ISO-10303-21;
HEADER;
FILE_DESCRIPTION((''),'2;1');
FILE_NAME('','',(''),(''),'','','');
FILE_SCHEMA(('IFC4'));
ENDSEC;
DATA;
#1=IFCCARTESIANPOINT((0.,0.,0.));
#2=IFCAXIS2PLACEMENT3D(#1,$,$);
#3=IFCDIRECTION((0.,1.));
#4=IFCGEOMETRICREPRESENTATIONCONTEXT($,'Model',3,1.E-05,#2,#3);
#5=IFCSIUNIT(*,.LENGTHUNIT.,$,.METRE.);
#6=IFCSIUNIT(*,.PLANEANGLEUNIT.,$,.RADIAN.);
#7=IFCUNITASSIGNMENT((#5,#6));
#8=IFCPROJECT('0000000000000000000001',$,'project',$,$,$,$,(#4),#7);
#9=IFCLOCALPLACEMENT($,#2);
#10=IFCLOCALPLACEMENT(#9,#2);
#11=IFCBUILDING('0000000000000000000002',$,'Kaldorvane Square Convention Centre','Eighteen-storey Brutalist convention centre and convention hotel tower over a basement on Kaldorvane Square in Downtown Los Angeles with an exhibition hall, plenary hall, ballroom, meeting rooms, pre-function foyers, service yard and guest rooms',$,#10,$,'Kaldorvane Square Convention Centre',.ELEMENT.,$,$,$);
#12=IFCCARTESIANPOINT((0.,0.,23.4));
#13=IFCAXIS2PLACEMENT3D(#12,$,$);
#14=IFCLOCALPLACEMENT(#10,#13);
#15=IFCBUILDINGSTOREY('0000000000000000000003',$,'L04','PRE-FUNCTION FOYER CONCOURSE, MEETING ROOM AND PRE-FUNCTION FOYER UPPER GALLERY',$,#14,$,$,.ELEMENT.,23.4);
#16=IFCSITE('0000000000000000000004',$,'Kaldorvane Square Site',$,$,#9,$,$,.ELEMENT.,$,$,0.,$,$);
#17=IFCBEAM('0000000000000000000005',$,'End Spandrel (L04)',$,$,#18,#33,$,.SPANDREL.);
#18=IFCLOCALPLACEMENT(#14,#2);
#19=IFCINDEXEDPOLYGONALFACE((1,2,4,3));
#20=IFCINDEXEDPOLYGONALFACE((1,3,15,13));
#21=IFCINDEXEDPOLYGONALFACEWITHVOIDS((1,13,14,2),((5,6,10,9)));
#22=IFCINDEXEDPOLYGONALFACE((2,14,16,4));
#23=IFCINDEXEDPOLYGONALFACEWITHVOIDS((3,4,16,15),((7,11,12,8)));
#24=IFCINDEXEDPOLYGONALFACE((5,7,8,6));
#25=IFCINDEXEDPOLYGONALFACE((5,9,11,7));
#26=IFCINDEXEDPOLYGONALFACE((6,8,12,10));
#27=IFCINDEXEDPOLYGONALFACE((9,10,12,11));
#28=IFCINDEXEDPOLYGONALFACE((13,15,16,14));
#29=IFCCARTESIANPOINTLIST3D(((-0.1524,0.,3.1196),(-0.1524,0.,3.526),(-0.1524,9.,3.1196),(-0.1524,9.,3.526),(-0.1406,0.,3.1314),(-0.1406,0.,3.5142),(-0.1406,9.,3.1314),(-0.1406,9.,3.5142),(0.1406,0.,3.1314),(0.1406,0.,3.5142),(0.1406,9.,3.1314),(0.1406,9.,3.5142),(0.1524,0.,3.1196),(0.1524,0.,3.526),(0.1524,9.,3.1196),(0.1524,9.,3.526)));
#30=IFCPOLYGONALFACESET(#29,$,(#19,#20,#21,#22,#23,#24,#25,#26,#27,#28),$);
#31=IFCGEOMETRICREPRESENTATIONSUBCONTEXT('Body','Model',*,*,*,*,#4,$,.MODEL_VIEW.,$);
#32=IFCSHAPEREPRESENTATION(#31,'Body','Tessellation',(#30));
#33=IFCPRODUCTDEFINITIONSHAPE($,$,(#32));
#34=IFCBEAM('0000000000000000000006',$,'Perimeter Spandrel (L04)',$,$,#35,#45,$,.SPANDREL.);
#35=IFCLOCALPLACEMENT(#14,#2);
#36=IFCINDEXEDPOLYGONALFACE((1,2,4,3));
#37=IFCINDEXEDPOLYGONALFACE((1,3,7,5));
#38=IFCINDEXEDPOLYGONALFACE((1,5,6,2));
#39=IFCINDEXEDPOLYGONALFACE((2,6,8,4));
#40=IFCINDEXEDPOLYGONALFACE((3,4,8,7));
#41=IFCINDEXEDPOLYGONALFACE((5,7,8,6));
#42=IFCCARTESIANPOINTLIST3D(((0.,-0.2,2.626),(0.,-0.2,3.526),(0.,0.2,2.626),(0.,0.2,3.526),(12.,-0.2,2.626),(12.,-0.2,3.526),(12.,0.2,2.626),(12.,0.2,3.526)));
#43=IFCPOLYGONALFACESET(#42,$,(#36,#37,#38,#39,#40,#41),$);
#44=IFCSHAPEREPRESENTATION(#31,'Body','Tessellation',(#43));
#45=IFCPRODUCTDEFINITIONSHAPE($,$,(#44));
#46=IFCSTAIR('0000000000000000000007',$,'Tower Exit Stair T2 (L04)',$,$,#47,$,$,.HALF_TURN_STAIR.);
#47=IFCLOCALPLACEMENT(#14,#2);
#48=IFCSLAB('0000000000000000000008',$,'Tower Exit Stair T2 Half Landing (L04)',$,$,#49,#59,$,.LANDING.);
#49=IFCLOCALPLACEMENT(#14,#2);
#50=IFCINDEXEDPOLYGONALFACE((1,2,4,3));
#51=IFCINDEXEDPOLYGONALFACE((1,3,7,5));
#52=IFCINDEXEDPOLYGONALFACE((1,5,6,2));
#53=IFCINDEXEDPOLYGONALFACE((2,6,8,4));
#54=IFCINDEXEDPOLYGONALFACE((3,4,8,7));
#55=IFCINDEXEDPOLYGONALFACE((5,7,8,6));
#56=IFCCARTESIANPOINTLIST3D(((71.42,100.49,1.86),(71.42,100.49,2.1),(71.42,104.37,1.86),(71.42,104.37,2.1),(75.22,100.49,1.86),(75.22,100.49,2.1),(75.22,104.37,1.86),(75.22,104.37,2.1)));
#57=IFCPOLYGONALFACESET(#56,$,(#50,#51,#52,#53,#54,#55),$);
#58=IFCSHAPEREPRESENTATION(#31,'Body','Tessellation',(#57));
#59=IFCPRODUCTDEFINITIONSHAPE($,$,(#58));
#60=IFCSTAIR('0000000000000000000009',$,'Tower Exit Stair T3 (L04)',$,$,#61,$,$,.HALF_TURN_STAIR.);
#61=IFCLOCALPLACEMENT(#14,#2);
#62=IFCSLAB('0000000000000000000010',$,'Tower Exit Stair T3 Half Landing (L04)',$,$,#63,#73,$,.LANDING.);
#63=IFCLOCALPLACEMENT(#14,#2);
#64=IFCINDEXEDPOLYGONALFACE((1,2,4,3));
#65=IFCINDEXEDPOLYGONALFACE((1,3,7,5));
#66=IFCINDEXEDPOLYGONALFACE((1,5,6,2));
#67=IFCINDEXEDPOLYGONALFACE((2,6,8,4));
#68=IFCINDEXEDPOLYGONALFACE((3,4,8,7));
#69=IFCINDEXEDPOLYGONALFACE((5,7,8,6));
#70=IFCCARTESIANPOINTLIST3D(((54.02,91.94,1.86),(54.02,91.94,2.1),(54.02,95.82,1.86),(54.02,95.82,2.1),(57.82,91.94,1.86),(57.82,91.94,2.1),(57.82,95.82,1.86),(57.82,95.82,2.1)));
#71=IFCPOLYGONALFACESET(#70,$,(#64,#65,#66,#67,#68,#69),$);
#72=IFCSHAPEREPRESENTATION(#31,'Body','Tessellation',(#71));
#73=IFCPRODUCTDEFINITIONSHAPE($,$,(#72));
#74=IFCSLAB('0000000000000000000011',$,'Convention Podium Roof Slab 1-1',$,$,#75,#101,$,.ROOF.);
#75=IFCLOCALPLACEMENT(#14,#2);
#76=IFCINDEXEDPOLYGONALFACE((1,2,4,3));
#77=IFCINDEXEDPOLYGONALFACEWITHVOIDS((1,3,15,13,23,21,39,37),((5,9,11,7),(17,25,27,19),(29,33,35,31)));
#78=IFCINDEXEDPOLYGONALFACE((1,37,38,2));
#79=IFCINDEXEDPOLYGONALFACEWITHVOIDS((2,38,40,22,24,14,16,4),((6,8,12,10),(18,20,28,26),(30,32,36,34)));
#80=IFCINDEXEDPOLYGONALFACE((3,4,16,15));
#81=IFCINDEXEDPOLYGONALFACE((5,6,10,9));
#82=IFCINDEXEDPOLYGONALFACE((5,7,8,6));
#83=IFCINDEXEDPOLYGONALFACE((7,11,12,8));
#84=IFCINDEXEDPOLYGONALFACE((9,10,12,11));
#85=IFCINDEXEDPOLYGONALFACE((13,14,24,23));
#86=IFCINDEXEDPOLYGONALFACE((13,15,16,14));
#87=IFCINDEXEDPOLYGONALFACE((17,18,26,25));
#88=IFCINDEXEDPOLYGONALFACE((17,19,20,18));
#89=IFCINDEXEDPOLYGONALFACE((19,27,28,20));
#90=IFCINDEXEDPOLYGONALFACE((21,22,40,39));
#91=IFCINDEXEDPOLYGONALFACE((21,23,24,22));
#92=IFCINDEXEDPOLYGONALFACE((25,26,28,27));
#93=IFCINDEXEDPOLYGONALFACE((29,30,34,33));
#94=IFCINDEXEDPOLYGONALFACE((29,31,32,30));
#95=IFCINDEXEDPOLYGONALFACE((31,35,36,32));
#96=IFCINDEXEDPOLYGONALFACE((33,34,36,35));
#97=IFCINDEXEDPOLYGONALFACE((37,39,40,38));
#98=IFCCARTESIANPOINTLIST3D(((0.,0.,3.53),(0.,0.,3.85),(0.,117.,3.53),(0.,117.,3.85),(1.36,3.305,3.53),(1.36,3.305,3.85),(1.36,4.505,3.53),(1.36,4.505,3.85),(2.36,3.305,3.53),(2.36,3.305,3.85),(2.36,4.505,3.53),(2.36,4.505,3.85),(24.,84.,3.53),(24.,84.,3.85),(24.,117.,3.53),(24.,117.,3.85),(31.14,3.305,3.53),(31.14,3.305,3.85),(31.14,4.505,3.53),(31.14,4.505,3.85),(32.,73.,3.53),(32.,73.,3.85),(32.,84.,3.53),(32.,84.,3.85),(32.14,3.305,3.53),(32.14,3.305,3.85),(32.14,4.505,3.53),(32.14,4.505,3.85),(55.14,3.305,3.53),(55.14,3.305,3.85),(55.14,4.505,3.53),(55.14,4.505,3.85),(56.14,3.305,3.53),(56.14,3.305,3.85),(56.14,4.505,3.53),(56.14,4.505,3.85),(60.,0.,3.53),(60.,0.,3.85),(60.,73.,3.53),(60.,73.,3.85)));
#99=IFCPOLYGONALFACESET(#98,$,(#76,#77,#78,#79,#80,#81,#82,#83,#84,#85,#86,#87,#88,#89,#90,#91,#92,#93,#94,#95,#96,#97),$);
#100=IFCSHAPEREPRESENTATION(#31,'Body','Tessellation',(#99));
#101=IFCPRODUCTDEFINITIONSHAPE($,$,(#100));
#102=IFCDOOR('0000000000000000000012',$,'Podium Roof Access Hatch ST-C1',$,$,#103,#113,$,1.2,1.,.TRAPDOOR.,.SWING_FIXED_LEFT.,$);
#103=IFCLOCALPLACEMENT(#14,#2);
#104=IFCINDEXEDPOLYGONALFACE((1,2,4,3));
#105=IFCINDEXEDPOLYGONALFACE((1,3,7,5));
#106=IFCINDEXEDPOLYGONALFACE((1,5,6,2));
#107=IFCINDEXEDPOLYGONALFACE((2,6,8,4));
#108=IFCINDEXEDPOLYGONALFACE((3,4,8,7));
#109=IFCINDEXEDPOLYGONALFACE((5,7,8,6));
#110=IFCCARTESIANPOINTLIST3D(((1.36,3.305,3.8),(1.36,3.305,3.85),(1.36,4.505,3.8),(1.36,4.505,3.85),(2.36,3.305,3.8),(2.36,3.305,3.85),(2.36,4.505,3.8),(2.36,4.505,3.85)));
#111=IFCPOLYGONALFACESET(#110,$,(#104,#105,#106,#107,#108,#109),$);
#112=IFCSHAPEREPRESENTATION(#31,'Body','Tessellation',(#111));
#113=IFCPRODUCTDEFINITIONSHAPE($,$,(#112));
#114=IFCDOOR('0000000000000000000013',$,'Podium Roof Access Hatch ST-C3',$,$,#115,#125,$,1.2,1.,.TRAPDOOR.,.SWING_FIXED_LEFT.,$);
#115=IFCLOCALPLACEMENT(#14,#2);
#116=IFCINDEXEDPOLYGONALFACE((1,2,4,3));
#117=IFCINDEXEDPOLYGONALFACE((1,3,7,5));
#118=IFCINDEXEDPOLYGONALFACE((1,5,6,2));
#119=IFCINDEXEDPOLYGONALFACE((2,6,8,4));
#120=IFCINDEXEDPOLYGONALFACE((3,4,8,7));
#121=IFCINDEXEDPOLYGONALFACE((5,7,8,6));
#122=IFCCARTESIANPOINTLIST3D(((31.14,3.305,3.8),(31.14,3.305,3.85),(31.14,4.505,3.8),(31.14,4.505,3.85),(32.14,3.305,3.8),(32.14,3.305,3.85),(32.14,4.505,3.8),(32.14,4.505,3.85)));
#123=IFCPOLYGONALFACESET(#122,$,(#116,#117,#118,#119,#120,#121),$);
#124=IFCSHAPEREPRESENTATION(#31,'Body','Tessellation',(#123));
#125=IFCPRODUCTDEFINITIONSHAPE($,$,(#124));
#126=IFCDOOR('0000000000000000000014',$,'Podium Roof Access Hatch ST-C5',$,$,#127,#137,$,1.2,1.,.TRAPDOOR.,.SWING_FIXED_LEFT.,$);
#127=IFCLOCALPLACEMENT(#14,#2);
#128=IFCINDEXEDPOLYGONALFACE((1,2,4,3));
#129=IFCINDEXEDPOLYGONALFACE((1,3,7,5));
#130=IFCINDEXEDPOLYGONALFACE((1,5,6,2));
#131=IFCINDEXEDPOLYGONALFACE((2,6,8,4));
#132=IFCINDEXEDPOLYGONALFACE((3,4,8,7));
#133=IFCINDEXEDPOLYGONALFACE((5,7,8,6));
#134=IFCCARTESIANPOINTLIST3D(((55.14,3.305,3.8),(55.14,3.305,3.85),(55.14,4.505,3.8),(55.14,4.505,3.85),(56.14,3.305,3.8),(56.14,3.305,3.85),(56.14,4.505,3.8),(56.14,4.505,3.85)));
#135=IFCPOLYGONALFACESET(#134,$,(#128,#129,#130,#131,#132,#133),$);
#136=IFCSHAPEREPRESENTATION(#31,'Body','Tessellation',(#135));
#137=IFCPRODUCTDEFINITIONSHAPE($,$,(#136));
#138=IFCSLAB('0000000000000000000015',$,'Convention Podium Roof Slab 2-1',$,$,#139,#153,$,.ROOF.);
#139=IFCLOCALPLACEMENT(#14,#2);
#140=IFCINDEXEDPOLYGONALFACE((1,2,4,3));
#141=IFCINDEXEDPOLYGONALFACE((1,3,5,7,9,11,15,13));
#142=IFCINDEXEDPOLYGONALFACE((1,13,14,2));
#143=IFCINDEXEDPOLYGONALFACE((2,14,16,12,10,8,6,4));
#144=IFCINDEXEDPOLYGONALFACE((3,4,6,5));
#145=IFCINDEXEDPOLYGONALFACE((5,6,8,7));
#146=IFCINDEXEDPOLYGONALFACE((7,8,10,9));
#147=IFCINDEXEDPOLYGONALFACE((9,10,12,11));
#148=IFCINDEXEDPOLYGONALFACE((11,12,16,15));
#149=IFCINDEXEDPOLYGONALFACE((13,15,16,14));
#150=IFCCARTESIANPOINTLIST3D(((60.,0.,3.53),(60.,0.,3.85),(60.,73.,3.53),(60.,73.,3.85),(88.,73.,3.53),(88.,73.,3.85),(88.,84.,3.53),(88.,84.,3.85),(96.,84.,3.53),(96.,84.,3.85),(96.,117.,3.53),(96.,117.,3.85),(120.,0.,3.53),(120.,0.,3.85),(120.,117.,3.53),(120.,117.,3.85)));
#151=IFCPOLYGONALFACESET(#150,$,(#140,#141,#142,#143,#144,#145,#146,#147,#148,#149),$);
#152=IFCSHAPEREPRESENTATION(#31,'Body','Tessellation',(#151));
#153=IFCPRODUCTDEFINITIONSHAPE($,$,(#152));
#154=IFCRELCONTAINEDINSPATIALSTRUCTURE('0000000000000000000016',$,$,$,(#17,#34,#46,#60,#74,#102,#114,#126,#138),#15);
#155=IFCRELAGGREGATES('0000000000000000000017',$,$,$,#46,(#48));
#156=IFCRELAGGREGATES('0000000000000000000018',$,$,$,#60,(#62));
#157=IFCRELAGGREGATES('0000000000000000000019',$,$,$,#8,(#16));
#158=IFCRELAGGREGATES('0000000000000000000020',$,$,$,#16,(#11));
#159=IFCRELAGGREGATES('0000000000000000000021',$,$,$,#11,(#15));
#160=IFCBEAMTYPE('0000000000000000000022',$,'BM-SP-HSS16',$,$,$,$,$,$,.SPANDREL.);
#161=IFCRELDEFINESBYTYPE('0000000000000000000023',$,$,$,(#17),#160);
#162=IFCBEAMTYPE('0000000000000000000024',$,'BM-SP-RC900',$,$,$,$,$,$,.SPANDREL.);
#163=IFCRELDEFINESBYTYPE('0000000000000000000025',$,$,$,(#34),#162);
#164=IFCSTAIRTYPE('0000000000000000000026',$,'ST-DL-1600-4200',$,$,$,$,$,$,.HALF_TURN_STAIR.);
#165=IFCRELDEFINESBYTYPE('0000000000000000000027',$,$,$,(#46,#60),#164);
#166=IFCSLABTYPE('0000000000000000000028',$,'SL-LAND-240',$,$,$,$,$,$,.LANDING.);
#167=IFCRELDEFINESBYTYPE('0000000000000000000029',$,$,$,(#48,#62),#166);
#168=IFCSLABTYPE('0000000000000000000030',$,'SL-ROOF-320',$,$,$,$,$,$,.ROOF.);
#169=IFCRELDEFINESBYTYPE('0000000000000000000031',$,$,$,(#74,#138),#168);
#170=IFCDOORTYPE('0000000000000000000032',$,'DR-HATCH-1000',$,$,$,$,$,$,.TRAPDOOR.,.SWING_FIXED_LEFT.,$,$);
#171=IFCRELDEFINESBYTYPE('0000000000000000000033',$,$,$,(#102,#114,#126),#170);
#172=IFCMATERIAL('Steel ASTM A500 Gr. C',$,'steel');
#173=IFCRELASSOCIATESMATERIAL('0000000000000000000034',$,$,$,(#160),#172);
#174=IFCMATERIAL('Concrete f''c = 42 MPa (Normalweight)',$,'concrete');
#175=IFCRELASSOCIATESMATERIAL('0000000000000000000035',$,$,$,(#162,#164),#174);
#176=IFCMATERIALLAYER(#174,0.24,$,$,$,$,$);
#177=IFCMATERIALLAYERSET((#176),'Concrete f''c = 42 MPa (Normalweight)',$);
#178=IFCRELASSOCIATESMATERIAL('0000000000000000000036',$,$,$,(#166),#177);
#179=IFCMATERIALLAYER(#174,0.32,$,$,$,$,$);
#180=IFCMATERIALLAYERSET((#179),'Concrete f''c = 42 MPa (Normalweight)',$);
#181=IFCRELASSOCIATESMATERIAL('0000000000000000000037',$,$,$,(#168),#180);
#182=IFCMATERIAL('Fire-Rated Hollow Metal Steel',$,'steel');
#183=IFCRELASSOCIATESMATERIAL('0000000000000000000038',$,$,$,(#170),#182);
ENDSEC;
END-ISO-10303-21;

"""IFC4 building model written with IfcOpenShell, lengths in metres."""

from ifc_helpers import new_model, si_unit, direction, frame, origin, origin_2d, place, context, subcontext, project, spatial, polyline, rectangle, hollow_rectangle, outline, extrude, material, layer, layer_set, material_profile, profile_set, type_object, element, fill, aggregate, save


model = new_model("IFC4")

# Units and contexts
model_context = context("Model", 3, precision=1e-05, world=origin(), true_north=direction((0.0, 1.0)))
body_context = subcontext(model_context, "Body", "Model", "MODEL_VIEW")
ifc_project = project(units=[si_unit("LENGTHUNIT", "METRE"), si_unit("PLANEANGLEUNIT", "RADIAN")], contexts=[model_context])

# Site, building, storey
site_placement = place(None, origin())
site = spatial("IfcSite", under=ifc_project, at=site_placement, Name="Kaldorvane Square Site", CompositionType="ELEMENT", RefElevation=0.0)
building_placement = place(site_placement, origin())
building = spatial("IfcBuilding", under=site, at=building_placement, Name="Kaldorvane Square Convention Centre", Description="Eighteen-storey Brutalist convention centre and convention hotel tower over a basement on Kaldorvane Square in Downtown Los Angeles with an exhibition hall, plenary hall, ballroom, meeting rooms, pre-function foyers, service yard and guest rooms", LongName="Kaldorvane Square Convention Centre", CompositionType="ELEMENT")
storey_placement = place(building_placement, frame((0.0, 0.0, 23.4)))
storey = spatial("IfcBuildingStorey", under=building, at=storey_placement, Name="L04", Description="PRE-FUNCTION FOYER CONCOURSE, MEETING ROOM AND PRE-FUNCTION FOYER UPPER GALLERY", CompositionType="ELEMENT", Elevation=23.4)

# Beams
ifc_material_1 = material(Name="Steel ASTM A500 Gr. C", Category="steel")
ifc_material_profile_1 = material_profile(ifc_material_1, hollow_rectangle(XDim=0.3048, YDim=0.4064, WallThickness=0.0118, at=origin_2d()), Name="HSS16X12X1/2")
ifc_profile_set_1 = profile_set([ifc_material_profile_1], Name="Steel ASTM A500 Gr. C")
beam_type_1 = type_object("IfcBeamType", Name="BM-SP-HSS16", PredefinedType="SPANDREL", material=ifc_profile_set_1)
beam_1_placement = place(storey_placement, frame((0.0, 0.0, 3.3228), z_axis=(0.0, 1.0, 0.0), x_axis=(-1.0, 0.0, 0.0)))
element("IfcBeam", 1, at=beam_1_placement, inside=storey, type_object=beam_type_1, Name="End Spandrel (L04)", PredefinedType="SPANDREL", context=body_context, shape_type="SweptSolid", body=[
    extrude(hollow_rectangle(XDim=0.3048, YDim=0.4064, WallThickness=0.0118, at=origin_2d()), origin(), (0.0, 0.0, 1.0), 9.0),
])
ifc_material_2 = material(Name="Concrete f'c = 42 MPa (Normalweight)", Category="concrete")
ifc_material_profile_2 = material_profile(ifc_material_2, rectangle(XDim=0.4, YDim=0.9, at=origin_2d()), Name="RCSP900X400")
ifc_profile_set_2 = profile_set([ifc_material_profile_2], Name="Concrete f'c = 42 MPa (Normalweight)")
beam_type_2 = type_object("IfcBeamType", Name="BM-SP-RC900", PredefinedType="SPANDREL", material=ifc_profile_set_2)
beam_2_placement = place(storey_placement, frame((0.0, 0.0, 3.076), z_axis=(1.0, 0.0, 0.0), x_axis=(0.0, 1.0, 0.0)))
element("IfcBeam", 2, at=beam_2_placement, inside=storey, type_object=beam_type_2, Name="Perimeter Spandrel (L04)", PredefinedType="SPANDREL", context=body_context, shape_type="SweptSolid", body=[
    extrude(rectangle(XDim=0.4, YDim=0.9, at=origin_2d()), origin(), (0.0, 0.0, 1.0), 12.0),
])

# Stairs, slabs
stair_type = type_object("IfcStairType", Name="ST-DL-1600-4200", PredefinedType="HALF_TURN_STAIR", material=ifc_material_2)
stair_1_placement = place(storey_placement, origin())
stair_1 = element("IfcStair", 3, at=stair_1_placement, inside=storey, type_object=stair_type, Name="Tower Exit Stair T2 (L04)", PredefinedType="HALF_TURN_STAIR")
ifc_layer_1 = layer(ifc_material_2, 0.24)
ifc_layer_set_1 = layer_set([ifc_layer_1], Name="Concrete f'c = 42 MPa (Normalweight)")
slab_type_1 = type_object("IfcSlabType", Name="SL-LAND-240", PredefinedType="LANDING", material=ifc_layer_set_1)
slab_1_placement = place(storey_placement, frame((0.0, 0.0, 1.86)))
slab_1 = element("IfcSlab", 4, at=slab_1_placement, type_object=slab_type_1, Name="Tower Exit Stair T2 Half Landing (L04)", PredefinedType="LANDING", context=body_context, shape_type="SweptSolid", body=[
    extrude(outline(polyline([(71.42, 100.49), (75.22, 100.49), (75.22, 104.37), (71.42, 104.37), (71.42, 100.49)])), origin(), (0.0, 0.0, 1.0), 0.24),
])
aggregate(stair_1, [slab_1])
stair_2_placement = place(storey_placement, origin())
stair_2 = element("IfcStair", 5, at=stair_2_placement, inside=storey, type_object=stair_type, Name="Tower Exit Stair T3 (L04)", PredefinedType="HALF_TURN_STAIR")
slab_2_placement = place(storey_placement, frame((0.0, 0.0, 1.86)))
slab_2 = element("IfcSlab", 6, at=slab_2_placement, type_object=slab_type_1, Name="Tower Exit Stair T3 Half Landing (L04)", PredefinedType="LANDING", context=body_context, shape_type="SweptSolid", body=[
    extrude(outline(polyline([(54.02, 91.94), (57.82, 91.94), (57.82, 95.82), (54.02, 95.82), (54.02, 91.94)])), origin(), (0.0, 0.0, 1.0), 0.24),
])
aggregate(stair_2, [slab_2])

# Slab, openings, doors
ifc_layer_2 = layer(ifc_material_2, 0.32)
ifc_layer_set_2 = layer_set([ifc_layer_2], Name="Concrete f'c = 42 MPa (Normalweight)")
slab_type_2 = type_object("IfcSlabType", Name="SL-ROOF-320", PredefinedType="ROOF", material=ifc_layer_set_2)
slab_3_placement = place(storey_placement, frame((0.0, 0.0, 3.53)))
slab_3 = element("IfcSlab", 7, at=slab_3_placement, inside=storey, type_object=slab_type_2, Name="Convention Podium Roof Slab 1-1", PredefinedType="ROOF", context=body_context, shape_type="SweptSolid", body=[
    extrude(outline(polyline([(0.0, 0.0), (0.0, 117.0), (24.0, 117.0), (24.0, 84.0), (32.0, 84.0), (32.0, 73.0), (60.0, 73.0), (60.0, 0.0), (0.0, 0.0)])), origin(), (0.0, 0.0, 1.0), 0.32),
])
opening_1_placement = place(slab_3_placement, frame((1.86, 3.905, 0.0)))
opening_1 = element("IfcOpeningElement", 8, at=opening_1_placement, cuts=slab_3, PredefinedType="OPENING", context=body_context, shape_type="SweptSolid", body=[
    extrude(rectangle(XDim=1.0, YDim=1.2, at=origin_2d()), origin(), (0.0, 0.0, 1.0), 0.32),
])
opening_2_placement = place(slab_3_placement, frame((31.64, 3.905, 0.0)))
opening_2 = element("IfcOpeningElement", 9, at=opening_2_placement, cuts=slab_3, PredefinedType="OPENING", context=body_context, shape_type="SweptSolid", body=[
    extrude(rectangle(XDim=1.0, YDim=1.2, at=origin_2d()), origin(), (0.0, 0.0, 1.0), 0.32),
])
opening_3_placement = place(slab_3_placement, frame((55.64, 3.905, 0.0)))
opening_3 = element("IfcOpeningElement", 10, at=opening_3_placement, cuts=slab_3, PredefinedType="OPENING", context=body_context, shape_type="SweptSolid", body=[
    extrude(rectangle(XDim=1.0, YDim=1.2, at=origin_2d()), origin(), (0.0, 0.0, 1.0), 0.32),
])
ifc_material_3 = material(Name="Fire-Rated Hollow Metal Steel", Category="steel")
door_type = type_object("IfcDoorType", Name="DR-HATCH-1000", OperationType="SWING_FIXED_LEFT", PredefinedType="TRAPDOOR", material=ifc_material_3)
door_1_placement = place(opening_1_placement, frame((0.0, 0.0, 0.27)))
door_1 = element("IfcDoor", 11, at=door_1_placement, inside=storey, type_object=door_type, Name="Podium Roof Access Hatch ST-C1", OperationType="SWING_FIXED_LEFT", OverallHeight=1.2, OverallWidth=1.0, PredefinedType="TRAPDOOR", context=body_context, shape_type="SweptSolid", body=[
    extrude(rectangle(XDim=1.0, YDim=1.2, at=origin_2d()), origin(), (0.0, 0.0, 1.0), 0.05),
])
fill(opening_1, door_1)
door_2_placement = place(opening_2_placement, frame((0.0, 0.0, 0.27)))
door_2 = element("IfcDoor", 12, at=door_2_placement, inside=storey, type_object=door_type, Name="Podium Roof Access Hatch ST-C3", OperationType="SWING_FIXED_LEFT", OverallHeight=1.2, OverallWidth=1.0, PredefinedType="TRAPDOOR", context=body_context, shape_type="SweptSolid", body=[
    extrude(rectangle(XDim=1.0, YDim=1.2, at=origin_2d()), origin(), (0.0, 0.0, 1.0), 0.05),
])
fill(opening_2, door_2)
door_3_placement = place(opening_3_placement, frame((0.0, 0.0, 0.27)))
door_3 = element("IfcDoor", 13, at=door_3_placement, inside=storey, type_object=door_type, Name="Podium Roof Access Hatch ST-C5", OperationType="SWING_FIXED_LEFT", OverallHeight=1.2, OverallWidth=1.0, PredefinedType="TRAPDOOR", context=body_context, shape_type="SweptSolid", body=[
    extrude(rectangle(XDim=1.0, YDim=1.2, at=origin_2d()), origin(), (0.0, 0.0, 1.0), 0.05),
])
fill(opening_3, door_3)

# Slab
slab_4_placement = place(storey_placement, frame((0.0, 0.0, 3.53)))
element("IfcSlab", 14, at=slab_4_placement, inside=storey, type_object=slab_type_2, Name="Convention Podium Roof Slab 2-1", PredefinedType="ROOF", context=body_context, shape_type="SweptSolid", body=[
    extrude(outline(polyline([(60.0, 0.0), (60.0, 73.0), (88.0, 73.0), (88.0, 84.0), (96.0, 84.0), (96.0, 117.0), (120.0, 117.0), (120.0, 0.0), (60.0, 0.0)])), origin(), (0.0, 0.0, 1.0), 0.32),
])

save(model, "model.ifc")
